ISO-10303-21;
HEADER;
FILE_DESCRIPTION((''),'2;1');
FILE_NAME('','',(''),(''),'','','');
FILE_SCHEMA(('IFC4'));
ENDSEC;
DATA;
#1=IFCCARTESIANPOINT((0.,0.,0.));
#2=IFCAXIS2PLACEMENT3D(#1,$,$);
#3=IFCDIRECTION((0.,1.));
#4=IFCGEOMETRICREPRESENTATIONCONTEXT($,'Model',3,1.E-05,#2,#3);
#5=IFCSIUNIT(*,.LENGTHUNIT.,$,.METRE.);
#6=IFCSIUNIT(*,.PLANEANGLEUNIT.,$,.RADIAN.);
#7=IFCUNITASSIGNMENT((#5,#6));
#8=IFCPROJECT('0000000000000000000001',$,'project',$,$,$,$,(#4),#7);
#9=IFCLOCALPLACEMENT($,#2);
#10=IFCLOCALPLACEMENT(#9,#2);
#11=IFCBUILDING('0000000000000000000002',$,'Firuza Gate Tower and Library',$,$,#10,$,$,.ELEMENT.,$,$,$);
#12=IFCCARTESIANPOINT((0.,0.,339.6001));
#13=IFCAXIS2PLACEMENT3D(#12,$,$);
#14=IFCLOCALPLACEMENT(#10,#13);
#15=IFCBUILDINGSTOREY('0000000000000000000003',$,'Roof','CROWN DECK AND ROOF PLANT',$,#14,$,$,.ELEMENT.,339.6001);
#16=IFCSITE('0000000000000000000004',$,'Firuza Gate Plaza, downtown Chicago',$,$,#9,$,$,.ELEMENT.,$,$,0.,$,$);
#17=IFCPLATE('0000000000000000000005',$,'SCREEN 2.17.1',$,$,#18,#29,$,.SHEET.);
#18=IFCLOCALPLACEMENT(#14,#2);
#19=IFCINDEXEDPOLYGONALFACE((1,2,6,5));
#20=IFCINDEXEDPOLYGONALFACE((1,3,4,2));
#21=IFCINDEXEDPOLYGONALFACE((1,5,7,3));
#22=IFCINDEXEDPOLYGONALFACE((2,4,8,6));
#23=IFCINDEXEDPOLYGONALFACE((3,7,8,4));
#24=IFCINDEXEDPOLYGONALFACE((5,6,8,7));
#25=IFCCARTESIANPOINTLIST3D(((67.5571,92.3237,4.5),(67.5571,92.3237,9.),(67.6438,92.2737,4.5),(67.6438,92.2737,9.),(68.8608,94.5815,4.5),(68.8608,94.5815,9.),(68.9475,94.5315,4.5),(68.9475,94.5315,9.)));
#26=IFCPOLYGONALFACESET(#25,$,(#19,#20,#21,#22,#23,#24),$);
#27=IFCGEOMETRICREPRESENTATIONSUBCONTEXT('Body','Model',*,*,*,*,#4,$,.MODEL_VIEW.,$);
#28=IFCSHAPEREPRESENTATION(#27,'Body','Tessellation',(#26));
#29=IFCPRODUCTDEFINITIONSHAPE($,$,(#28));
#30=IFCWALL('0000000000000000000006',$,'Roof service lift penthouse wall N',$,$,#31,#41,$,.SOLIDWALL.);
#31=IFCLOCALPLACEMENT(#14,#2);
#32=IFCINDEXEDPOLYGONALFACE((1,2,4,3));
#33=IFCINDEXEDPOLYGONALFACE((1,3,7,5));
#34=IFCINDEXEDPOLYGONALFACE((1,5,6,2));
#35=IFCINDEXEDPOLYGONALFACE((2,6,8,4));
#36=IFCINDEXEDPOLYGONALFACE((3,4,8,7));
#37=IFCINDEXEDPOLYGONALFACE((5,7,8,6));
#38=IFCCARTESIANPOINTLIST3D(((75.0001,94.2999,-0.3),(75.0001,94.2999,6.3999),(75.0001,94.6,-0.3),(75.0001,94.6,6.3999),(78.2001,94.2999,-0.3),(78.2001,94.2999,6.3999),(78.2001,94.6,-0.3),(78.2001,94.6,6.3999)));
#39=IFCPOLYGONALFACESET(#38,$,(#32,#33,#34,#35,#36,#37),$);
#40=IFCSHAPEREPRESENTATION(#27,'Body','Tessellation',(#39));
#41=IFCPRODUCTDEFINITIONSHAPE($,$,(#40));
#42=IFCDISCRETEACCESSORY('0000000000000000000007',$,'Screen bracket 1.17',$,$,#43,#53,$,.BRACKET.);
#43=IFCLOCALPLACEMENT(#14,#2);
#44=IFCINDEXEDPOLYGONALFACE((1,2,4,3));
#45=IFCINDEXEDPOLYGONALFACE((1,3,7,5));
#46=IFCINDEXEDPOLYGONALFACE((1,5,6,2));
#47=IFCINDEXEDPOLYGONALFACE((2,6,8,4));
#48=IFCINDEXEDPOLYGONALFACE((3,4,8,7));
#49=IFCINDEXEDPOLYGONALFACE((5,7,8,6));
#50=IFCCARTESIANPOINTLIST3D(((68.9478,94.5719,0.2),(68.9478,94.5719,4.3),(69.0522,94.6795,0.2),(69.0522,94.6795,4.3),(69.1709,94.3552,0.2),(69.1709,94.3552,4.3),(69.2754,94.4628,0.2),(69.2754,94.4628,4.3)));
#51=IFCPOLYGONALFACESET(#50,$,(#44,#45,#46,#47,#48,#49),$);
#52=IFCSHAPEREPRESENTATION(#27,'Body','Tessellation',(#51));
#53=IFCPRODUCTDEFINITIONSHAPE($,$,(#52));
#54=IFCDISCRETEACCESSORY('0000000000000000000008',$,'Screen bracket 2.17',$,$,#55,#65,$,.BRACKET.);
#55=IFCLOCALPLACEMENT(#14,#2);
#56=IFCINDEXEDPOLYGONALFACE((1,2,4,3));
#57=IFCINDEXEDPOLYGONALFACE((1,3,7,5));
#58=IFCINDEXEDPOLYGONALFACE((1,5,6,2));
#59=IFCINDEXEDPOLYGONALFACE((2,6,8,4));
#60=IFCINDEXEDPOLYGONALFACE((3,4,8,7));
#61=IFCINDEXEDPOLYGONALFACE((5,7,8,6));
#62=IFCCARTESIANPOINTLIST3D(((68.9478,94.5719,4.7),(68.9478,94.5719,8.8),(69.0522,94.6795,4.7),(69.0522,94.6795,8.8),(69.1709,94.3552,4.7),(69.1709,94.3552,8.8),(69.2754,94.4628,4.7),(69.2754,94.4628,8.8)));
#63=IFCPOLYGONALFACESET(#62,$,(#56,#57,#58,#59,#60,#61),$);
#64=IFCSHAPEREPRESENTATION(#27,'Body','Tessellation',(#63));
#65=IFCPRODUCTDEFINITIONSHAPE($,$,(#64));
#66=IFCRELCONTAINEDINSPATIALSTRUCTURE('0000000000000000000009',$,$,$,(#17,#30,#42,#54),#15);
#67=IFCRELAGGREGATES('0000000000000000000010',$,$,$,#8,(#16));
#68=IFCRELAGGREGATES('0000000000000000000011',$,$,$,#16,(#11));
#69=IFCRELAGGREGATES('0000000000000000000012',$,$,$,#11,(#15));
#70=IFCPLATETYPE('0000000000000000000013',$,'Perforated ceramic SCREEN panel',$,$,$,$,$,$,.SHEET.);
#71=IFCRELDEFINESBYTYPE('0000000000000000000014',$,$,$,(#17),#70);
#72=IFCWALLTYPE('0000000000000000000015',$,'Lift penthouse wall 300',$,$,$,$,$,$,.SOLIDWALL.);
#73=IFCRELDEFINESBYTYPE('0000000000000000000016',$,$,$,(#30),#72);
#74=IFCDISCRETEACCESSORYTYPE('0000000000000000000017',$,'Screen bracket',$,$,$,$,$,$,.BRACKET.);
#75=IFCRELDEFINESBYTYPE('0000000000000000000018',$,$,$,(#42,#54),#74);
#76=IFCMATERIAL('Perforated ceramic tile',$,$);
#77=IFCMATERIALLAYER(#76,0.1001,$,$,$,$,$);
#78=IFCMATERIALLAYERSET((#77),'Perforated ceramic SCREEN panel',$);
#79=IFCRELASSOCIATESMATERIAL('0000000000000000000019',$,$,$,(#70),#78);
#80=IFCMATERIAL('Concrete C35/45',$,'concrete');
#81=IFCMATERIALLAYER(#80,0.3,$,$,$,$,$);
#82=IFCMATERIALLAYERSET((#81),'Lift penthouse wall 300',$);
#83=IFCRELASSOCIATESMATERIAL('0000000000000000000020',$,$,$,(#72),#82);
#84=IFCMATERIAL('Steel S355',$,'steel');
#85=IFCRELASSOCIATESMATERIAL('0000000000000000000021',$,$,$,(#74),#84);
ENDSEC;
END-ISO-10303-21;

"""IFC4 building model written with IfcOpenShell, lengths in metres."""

from ifc_helpers import new_model, si_unit, direction, frame, frame_2d, origin, origin_2d, place, context, subcontext, project, spatial, polyline, rectangle, outline, extrude, material, layer, layer_set, type_object, element, save


model = new_model("IFC4")

# Units and contexts
model_context = context("Model", 3, precision=1e-05, world=origin(), true_north=direction((0.0, 1.0)))
body_context = subcontext(model_context, "Body", "Model", "MODEL_VIEW")
ifc_project = project(units=[si_unit("LENGTHUNIT", "METRE"), si_unit("PLANEANGLEUNIT", "RADIAN")], contexts=[model_context])

# Site, building, storey
site_placement = place(None, origin())
site = spatial("IfcSite", under=ifc_project, at=site_placement, Name="Firuza Gate Plaza, downtown Chicago", CompositionType="ELEMENT", RefElevation=0.0)
building_placement = place(site_placement, origin())
building = spatial("IfcBuilding", under=site, at=building_placement, Name="Firuza Gate Tower and Library", CompositionType="ELEMENT")
storey_placement = place(building_placement, frame((0.0, 0.0, 339.6001)))
storey = spatial("IfcBuildingStorey", under=building, at=storey_placement, Name="Roof", Description="CROWN DECK AND ROOF PLANT", CompositionType="ELEMENT", Elevation=339.6001)

# Plate
ifc_material_1 = material(Name="Perforated ceramic tile")
ifc_layer_1 = layer(ifc_material_1, 0.1001)
ifc_layer_set_1 = layer_set([ifc_layer_1], Name="Perforated ceramic SCREEN panel")
plate_type = type_object("IfcPlateType", Name="Perforated ceramic SCREEN panel", PredefinedType="SHEET", material=ifc_layer_set_1)
plate_1_placement = place(storey_placement, frame((68.8608, 94.5815, 4.5), z_axis=(-0.865998, 0.500047, 0.0), x_axis=(-0.500047, -0.865998, 0.0)))
element("IfcPlate", 1, at=plate_1_placement, inside=storey, type_object=plate_type, Name="SCREEN 2.17.1", PredefinedType="SHEET", context=body_context, shape_type="SweptSolid", body=[
    extrude(outline(polyline([(0.0, 0.0), (2.6072, 0.0), (2.6072, 4.5), (0.0, 4.5), (0.0, 0.0)])), origin(), (0.0, 0.0, -1.0), 0.1001),
])

# Wall
ifc_material_2 = material(Name="Concrete C35/45", Category="concrete")
ifc_layer_2 = layer(ifc_material_2, 0.3)
ifc_layer_set_2 = layer_set([ifc_layer_2], Name="Lift penthouse wall 300")
wall_type = type_object("IfcWallType", Name="Lift penthouse wall 300", PredefinedType="SOLIDWALL", material=ifc_layer_set_2)
wall_placement = place(storey_placement, frame((75.0, 94.45, -0.3), z_axis=(0.0, 0.0, 1.0), x_axis=(1.0, 0.0, 0.0)))
element("IfcWall", 2, at=wall_placement, inside=storey, type_object=wall_type, Name="Roof service lift penthouse wall N", PredefinedType="SOLIDWALL", context=body_context, shape_type="SweptSolid", body=[
    extrude(rectangle(XDim=3.2, YDim=0.3, at=frame_2d((1.6001, 0.0))), origin(), (0.0, 0.0, 1.0), 6.7),
])

# Discrete accessories
ifc_material_3 = material(Name="Steel S355", Category="steel")
discrete_accessory_type = type_object("IfcDiscreteAccessoryType", Name="Screen bracket", PredefinedType="BRACKET", material=ifc_material_3)
for number, where, z_axis, x_axis, name in (
    (3, (69.1116, 94.5173, 0.2), (0.0, 0.0, 1.0), (-0.717364, 0.696699, 0.0), "Screen bracket 1.17"),
    (4, (69.1116, 94.5173, 4.7), (0.0, 0.0, 1.0), (-0.717364, 0.696699, 0.0), "Screen bracket 2.17"),
):
    element("IfcDiscreteAccessory", number, at=place(storey_placement, frame(where, z_axis=z_axis, x_axis=x_axis)), inside=storey, type_object=discrete_accessory_type, Name=name, PredefinedType="BRACKET", context=body_context, shape_type="SweptSolid", body=[
        extrude(rectangle(XDim=0.311, YDim=0.1499, at=origin_2d()), origin(), (0.0, 0.0, 1.0), 4.1001),
    ])

save(model, "model.ifc")
